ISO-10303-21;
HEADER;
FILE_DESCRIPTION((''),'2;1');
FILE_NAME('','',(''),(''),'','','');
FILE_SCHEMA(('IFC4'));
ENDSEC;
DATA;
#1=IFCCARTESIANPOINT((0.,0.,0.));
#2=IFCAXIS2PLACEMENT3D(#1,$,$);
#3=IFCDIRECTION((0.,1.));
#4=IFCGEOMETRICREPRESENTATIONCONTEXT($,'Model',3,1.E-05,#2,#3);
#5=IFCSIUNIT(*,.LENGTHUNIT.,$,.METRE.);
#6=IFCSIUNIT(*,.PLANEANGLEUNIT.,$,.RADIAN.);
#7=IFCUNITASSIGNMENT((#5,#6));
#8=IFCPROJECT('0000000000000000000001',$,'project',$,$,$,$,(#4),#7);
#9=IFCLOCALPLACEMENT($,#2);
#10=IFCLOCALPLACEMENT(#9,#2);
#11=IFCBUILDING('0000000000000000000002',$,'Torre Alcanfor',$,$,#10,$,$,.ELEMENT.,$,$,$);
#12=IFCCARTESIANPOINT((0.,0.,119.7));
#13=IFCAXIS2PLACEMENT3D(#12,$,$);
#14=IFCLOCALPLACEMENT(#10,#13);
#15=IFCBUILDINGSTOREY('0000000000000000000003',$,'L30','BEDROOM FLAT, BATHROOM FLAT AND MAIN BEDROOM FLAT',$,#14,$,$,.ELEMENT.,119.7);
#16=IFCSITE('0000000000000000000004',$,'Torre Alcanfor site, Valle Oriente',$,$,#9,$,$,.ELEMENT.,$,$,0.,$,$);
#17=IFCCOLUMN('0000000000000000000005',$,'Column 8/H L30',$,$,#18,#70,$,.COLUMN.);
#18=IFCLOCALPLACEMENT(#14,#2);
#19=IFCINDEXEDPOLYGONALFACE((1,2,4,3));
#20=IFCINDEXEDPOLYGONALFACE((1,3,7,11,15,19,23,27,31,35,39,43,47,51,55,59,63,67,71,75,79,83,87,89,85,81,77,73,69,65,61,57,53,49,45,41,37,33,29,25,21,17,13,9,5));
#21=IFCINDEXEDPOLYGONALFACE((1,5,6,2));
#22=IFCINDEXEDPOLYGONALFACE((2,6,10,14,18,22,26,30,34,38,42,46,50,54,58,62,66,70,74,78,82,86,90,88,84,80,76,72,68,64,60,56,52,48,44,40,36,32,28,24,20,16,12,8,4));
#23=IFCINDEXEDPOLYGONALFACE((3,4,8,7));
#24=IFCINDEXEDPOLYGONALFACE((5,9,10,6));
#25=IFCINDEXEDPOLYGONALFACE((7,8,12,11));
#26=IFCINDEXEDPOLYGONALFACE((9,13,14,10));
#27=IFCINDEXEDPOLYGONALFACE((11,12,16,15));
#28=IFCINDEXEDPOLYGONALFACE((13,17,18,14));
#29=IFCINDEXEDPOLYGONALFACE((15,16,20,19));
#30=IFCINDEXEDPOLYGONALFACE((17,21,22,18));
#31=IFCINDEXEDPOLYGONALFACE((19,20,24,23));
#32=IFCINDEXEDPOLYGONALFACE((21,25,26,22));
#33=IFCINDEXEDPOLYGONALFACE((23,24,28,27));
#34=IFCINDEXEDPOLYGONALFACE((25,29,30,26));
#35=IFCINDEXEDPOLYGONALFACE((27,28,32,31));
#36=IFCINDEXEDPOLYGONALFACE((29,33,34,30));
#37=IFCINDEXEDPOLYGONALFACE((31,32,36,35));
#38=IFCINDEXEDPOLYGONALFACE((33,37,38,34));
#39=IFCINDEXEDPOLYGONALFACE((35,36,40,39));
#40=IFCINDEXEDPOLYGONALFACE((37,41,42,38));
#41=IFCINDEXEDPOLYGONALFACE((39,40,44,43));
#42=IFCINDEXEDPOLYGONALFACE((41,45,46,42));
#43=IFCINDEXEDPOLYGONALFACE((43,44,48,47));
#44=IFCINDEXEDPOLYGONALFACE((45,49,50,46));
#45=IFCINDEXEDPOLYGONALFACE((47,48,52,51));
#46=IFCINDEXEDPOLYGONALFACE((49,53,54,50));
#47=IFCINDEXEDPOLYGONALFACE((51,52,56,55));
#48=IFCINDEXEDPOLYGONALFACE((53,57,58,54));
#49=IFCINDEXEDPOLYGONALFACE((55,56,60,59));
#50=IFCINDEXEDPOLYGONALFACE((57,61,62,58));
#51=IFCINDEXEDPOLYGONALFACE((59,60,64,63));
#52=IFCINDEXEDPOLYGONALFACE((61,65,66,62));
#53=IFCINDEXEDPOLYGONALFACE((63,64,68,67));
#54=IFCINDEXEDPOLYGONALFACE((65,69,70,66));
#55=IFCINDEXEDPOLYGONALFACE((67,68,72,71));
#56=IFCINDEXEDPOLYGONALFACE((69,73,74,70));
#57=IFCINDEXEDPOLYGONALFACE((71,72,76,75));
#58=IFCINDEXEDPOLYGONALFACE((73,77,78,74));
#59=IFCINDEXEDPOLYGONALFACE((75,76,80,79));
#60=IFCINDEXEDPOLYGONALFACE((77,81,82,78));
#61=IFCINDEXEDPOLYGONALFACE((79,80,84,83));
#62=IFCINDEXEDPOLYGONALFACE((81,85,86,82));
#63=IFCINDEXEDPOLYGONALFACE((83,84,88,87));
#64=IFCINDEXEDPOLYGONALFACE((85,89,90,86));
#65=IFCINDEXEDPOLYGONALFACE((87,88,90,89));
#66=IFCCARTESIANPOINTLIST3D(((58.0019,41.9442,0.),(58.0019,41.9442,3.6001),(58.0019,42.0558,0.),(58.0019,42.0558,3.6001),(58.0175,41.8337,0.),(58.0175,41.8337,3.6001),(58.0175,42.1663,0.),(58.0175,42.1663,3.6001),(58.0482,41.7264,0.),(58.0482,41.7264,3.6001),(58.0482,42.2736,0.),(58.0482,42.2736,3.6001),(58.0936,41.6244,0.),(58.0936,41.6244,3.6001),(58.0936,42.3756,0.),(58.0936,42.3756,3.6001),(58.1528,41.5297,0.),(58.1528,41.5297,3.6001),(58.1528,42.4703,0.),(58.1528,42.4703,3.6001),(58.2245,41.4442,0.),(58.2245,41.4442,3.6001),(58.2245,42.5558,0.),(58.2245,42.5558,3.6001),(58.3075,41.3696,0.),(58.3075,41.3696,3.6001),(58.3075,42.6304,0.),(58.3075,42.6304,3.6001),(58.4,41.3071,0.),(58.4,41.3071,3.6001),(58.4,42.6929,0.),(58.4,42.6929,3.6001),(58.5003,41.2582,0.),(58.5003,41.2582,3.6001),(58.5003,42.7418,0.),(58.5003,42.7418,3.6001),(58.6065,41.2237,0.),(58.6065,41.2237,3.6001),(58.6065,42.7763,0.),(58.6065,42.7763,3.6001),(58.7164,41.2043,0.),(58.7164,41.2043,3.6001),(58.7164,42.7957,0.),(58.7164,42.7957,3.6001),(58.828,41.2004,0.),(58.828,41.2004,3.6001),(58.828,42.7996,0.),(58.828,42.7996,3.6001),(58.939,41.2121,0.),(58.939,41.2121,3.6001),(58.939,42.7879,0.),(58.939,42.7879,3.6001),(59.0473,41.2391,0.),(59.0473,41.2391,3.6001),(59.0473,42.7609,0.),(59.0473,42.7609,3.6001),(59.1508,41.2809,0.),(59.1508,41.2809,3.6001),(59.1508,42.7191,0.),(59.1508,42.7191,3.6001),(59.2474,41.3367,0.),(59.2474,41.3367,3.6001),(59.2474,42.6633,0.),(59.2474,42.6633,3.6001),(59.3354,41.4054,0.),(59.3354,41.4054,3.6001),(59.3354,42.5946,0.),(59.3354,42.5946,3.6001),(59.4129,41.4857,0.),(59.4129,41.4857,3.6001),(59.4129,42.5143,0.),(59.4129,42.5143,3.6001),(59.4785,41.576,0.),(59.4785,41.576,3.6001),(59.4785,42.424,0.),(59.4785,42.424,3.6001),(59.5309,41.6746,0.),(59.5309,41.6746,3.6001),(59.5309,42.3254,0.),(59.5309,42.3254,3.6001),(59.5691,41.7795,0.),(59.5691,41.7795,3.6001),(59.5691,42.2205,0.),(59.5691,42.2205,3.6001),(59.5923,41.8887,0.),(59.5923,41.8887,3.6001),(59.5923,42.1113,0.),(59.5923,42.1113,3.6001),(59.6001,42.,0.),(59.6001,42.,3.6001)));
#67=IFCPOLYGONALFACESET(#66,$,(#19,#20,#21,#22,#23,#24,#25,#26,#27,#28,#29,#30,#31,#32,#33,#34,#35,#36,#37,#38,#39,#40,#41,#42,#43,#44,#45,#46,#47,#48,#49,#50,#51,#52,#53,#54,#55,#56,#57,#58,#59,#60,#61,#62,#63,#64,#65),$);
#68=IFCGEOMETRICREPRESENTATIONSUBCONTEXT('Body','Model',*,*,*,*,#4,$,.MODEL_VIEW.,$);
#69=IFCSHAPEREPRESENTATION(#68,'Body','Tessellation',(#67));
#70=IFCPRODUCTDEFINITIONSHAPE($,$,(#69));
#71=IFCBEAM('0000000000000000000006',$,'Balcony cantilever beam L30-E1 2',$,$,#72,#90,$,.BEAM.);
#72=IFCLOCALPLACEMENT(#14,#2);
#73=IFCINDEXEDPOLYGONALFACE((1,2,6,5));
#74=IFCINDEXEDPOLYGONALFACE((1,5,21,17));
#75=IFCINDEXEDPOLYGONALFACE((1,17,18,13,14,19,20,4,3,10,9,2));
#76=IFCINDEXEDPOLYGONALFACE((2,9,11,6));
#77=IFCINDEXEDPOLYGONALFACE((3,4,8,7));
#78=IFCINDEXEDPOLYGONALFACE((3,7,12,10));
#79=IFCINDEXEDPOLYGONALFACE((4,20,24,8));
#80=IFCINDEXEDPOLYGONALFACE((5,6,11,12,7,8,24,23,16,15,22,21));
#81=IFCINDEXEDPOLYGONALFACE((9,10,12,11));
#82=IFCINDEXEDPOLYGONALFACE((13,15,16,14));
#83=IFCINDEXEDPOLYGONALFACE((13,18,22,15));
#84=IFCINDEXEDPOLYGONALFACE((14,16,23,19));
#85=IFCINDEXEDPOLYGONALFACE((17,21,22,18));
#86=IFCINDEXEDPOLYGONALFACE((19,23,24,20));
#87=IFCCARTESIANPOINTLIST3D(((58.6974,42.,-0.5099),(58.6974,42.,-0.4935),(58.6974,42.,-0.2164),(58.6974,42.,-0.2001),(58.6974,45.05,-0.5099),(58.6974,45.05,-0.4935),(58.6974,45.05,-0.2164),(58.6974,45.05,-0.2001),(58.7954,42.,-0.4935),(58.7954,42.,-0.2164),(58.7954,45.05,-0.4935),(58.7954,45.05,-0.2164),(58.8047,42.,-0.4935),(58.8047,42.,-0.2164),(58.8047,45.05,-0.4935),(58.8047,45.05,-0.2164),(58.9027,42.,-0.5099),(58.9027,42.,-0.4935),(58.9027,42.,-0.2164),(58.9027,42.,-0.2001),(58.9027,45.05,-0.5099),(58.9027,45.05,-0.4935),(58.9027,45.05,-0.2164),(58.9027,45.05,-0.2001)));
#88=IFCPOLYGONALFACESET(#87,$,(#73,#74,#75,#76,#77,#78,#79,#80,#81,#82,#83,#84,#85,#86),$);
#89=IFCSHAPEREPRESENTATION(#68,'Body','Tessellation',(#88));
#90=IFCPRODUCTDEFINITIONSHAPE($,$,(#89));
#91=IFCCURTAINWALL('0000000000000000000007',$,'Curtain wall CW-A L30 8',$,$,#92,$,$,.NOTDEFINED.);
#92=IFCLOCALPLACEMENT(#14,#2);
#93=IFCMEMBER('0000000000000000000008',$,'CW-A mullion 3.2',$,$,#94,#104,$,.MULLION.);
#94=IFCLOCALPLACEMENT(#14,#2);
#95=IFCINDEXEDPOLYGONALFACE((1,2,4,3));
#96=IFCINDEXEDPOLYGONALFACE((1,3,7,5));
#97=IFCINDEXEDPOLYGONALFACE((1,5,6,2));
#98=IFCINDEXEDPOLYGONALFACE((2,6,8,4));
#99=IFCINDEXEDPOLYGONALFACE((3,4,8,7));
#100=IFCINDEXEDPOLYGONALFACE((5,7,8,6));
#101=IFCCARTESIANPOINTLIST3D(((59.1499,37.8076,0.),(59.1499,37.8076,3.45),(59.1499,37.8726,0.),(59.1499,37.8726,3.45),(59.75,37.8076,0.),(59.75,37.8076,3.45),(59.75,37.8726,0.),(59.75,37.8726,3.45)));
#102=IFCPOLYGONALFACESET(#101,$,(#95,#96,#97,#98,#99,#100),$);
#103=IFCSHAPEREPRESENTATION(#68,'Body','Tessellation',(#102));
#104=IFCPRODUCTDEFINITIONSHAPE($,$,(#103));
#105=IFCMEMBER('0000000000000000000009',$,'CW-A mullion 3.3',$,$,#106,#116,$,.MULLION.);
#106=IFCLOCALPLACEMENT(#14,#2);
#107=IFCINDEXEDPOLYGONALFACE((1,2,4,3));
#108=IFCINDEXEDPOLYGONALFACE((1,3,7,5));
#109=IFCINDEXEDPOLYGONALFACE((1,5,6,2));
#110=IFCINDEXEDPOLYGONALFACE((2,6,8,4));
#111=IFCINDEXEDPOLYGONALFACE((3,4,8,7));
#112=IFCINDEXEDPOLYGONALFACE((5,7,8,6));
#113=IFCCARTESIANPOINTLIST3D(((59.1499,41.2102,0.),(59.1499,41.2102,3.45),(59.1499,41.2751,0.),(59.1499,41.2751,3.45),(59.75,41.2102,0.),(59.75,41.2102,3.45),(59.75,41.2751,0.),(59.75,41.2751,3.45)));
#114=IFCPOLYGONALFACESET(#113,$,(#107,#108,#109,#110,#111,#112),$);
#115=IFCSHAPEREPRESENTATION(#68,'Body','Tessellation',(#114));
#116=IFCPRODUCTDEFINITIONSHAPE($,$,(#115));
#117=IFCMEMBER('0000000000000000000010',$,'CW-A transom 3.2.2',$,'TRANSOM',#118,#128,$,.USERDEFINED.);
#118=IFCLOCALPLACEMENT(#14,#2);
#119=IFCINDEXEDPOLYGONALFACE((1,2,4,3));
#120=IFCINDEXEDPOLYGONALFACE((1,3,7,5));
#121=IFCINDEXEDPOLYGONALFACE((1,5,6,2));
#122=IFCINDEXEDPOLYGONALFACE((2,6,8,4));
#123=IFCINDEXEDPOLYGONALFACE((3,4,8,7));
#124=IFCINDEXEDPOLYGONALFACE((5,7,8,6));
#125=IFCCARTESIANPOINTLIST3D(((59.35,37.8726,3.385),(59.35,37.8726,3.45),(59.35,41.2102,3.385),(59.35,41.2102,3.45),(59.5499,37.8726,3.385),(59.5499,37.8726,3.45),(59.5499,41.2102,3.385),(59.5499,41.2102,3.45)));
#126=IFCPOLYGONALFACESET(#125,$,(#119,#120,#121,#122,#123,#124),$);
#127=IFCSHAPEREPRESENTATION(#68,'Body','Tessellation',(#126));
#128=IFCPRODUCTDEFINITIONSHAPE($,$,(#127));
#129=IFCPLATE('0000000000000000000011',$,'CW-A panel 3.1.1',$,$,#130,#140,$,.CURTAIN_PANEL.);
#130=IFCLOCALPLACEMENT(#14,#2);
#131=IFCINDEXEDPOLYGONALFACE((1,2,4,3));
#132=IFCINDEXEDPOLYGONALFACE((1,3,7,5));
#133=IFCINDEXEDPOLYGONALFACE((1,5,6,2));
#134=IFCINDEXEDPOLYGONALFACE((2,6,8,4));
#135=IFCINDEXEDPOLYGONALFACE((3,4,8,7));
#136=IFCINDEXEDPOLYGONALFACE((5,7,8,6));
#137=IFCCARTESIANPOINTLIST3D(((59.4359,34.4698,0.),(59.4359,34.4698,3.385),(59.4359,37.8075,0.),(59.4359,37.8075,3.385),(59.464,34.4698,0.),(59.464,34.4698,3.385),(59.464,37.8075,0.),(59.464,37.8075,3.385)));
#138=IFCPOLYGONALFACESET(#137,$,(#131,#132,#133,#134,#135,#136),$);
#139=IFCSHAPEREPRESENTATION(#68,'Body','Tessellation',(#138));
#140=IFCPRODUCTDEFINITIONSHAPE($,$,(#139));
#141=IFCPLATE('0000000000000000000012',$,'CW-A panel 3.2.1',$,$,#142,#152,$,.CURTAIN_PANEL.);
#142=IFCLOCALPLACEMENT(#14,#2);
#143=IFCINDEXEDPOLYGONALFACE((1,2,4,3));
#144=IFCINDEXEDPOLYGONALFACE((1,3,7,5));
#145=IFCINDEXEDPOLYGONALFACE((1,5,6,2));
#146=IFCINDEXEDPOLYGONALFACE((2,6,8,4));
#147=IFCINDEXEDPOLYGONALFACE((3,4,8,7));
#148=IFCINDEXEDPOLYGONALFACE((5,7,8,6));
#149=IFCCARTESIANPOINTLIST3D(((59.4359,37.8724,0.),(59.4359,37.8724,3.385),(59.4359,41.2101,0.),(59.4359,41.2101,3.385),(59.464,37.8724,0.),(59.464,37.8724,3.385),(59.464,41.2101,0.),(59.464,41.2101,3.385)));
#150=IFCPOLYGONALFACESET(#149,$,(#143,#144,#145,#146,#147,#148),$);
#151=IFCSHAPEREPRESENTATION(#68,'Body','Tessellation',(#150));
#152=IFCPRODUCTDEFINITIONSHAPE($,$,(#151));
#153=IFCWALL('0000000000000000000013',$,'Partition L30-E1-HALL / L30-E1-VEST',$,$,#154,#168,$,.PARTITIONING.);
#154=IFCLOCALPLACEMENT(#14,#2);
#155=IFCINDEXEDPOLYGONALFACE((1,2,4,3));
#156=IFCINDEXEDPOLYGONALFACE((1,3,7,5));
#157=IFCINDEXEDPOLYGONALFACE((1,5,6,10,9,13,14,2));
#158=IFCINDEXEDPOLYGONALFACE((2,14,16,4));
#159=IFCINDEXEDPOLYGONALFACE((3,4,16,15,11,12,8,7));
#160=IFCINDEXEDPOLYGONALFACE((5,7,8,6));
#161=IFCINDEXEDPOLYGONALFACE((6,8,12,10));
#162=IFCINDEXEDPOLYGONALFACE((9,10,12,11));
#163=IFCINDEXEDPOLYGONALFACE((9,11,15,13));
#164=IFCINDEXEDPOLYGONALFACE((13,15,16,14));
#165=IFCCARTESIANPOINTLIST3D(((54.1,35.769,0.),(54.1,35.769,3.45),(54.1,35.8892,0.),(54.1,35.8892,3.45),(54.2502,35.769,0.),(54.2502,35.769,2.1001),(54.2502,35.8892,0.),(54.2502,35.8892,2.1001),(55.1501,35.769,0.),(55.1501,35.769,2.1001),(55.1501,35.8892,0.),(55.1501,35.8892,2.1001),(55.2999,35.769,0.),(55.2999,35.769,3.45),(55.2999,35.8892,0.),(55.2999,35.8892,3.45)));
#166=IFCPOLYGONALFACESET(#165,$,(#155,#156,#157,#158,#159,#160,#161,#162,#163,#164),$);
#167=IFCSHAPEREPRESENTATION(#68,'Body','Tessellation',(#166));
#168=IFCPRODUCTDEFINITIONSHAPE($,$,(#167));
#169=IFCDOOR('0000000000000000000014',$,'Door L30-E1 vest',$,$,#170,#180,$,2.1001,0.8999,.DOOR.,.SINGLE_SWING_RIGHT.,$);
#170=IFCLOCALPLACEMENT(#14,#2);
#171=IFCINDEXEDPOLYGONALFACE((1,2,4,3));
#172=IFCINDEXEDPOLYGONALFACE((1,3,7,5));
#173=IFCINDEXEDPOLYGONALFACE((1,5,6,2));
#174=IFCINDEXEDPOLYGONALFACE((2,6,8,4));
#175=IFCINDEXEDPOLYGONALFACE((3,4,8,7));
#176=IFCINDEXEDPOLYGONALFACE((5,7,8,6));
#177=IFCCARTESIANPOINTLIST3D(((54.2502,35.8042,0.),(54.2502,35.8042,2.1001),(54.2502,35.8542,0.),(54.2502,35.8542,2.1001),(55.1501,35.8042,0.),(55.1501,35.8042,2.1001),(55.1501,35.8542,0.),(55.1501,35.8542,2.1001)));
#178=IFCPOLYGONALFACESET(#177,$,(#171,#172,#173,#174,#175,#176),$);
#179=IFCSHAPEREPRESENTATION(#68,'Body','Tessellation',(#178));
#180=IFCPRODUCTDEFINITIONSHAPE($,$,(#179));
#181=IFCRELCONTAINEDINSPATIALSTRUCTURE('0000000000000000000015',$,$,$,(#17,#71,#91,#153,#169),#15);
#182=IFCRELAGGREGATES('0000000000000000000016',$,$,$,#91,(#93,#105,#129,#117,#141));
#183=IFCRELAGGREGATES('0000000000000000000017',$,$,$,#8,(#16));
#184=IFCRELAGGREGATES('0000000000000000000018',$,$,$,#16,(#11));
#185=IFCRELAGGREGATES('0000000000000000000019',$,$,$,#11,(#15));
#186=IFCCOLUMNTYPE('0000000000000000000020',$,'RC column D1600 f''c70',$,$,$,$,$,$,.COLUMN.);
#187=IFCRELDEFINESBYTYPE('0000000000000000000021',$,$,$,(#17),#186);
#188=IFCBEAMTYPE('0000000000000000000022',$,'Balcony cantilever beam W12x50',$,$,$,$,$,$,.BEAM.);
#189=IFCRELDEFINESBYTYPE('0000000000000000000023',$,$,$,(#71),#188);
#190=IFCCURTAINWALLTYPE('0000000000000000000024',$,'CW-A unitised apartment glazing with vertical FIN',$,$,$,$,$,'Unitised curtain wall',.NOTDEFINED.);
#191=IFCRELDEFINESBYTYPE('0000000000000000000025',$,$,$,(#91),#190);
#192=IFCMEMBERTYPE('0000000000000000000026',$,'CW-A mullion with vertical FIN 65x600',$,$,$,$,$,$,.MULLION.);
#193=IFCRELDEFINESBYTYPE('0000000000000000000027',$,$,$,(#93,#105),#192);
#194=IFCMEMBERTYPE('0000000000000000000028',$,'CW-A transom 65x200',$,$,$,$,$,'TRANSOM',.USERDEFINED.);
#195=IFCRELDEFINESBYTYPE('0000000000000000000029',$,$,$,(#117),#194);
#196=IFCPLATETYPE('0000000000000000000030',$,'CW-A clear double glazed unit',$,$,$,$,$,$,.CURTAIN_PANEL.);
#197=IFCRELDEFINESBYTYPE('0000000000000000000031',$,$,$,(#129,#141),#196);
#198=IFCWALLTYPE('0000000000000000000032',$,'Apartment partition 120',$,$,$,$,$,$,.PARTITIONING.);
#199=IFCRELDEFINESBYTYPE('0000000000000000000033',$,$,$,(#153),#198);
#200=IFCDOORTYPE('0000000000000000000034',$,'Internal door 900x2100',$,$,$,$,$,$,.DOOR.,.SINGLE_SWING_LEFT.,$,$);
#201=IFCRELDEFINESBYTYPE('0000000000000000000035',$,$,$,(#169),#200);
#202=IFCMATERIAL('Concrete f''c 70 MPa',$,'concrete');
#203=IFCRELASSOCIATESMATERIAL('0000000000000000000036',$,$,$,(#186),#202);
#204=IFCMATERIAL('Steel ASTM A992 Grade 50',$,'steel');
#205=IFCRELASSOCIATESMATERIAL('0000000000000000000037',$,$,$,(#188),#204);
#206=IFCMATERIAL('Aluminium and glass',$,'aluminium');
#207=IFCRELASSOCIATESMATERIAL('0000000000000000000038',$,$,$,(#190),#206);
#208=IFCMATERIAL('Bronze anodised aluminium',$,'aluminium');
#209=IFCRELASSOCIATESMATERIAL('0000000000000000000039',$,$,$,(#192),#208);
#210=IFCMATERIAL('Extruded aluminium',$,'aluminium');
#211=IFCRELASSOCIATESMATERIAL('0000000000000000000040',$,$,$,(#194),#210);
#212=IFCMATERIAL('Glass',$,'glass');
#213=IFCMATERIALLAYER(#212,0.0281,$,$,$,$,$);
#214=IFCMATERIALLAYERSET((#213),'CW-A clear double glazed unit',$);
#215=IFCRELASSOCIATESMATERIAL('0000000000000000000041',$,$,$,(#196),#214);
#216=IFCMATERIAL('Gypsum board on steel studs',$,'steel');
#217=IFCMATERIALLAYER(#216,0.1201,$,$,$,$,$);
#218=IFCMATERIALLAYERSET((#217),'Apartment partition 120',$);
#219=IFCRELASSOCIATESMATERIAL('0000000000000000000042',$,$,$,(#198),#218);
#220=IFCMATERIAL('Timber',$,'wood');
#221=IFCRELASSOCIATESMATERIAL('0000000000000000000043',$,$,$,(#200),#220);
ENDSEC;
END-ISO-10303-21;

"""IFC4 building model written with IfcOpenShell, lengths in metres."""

from ifc_helpers import new_model, si_unit, direction, frame, frame_2d, origin, origin_2d, place, context, subcontext, project, spatial, rectangle, circle, i_section, extrude, material, layer, layer_set, material_profile, profile_set, type_object, element, fill, aggregate, save


model = new_model("IFC4")

# Units and contexts
model_context = context("Model", 3, precision=1e-05, world=origin(), true_north=direction((0.0, 1.0)))
body_context = subcontext(model_context, "Body", "Model", "MODEL_VIEW")
ifc_project = project(units=[si_unit("LENGTHUNIT", "METRE"), si_unit("PLANEANGLEUNIT", "RADIAN")], contexts=[model_context])

# Site, building, storey
site_placement = place(None, origin())
site = spatial("IfcSite", under=ifc_project, at=site_placement, Name="Torre Alcanfor site, Valle Oriente", CompositionType="ELEMENT", RefElevation=0.0)
building_placement = place(site_placement, origin())
building = spatial("IfcBuilding", under=site, at=building_placement, Name="Torre Alcanfor", CompositionType="ELEMENT")
storey_placement = place(building_placement, frame((0.0, 0.0, 119.7)))
storey = spatial("IfcBuildingStorey", under=building, at=storey_placement, Name="L30", Description="BEDROOM FLAT, BATHROOM FLAT AND MAIN BEDROOM FLAT", CompositionType="ELEMENT", Elevation=119.7)

# Column
ifc_material_1 = material(Name="Concrete f'c 70 MPa", Category="concrete")
ifc_material_profile_1 = material_profile(ifc_material_1, circle(Radius=0.8, at=origin_2d()), Name="D1600")
ifc_profile_set_1 = profile_set([ifc_material_profile_1], Name="Concrete f'c 70 MPa")
column_type = type_object("IfcColumnType", Name="RC column D1600 f'c70", PredefinedType="COLUMN", material=ifc_profile_set_1)
column_placement = place(storey_placement, frame((58.8, 42.0, 0.0), z_axis=(0.0, 0.0, 1.0), x_axis=(1.0, 0.0, 0.0)))
element("IfcColumn", 1, at=column_placement, inside=storey, type_object=column_type, Name="Column 8/H L30", PredefinedType="COLUMN", context=body_context, shape_type="SweptSolid", body=[
    extrude(circle(Radius=0.8, at=origin_2d()), origin(), (0.0, 0.0, 1.0), 3.6001),
])

# Beam
ifc_material_2 = material(Name="Steel ASTM A992 Grade 50", Category="steel")
ifc_material_profile_2 = material_profile(ifc_material_2, i_section(OverallWidth=0.2053, OverallDepth=0.3098, WebThickness=0.0093, FlangeThickness=0.0164, at=origin_2d()), Name="W12x50")
ifc_profile_set_2 = profile_set([ifc_material_profile_2], Name="Steel ASTM A992 Grade 50")
beam_type = type_object("IfcBeamType", Name="Balcony cantilever beam W12x50", PredefinedType="BEAM", material=ifc_profile_set_2)
beam_placement = place(storey_placement, frame((58.8, 42.0, -0.355), z_axis=(0.0, 1.0, 0.0), x_axis=(-1.0, 0.0, 0.0)))
element("IfcBeam", 2, at=beam_placement, inside=storey, type_object=beam_type, Name="Balcony cantilever beam L30-E1 2", PredefinedType="BEAM", context=body_context, shape_type="SweptSolid", body=[
    extrude(i_section(OverallWidth=0.2053, OverallDepth=0.3098, WebThickness=0.0093, FlangeThickness=0.0164, at=origin_2d()), origin(), (0.0, 0.0, 1.0), 3.05),
])

# Curtain wall, members, plates
ifc_material_3 = material(Name="Aluminium and glass", Category="aluminium")
curtain_wall_type = type_object("IfcCurtainWallType", Name="CW-A unitised apartment glazing with vertical FIN", ElementType="Unitised curtain wall", PredefinedType="NOTDEFINED", material=ifc_material_3)
curtain_wall_placement = place(storey_placement, origin())
curtain_wall = element("IfcCurtainWall", 3, at=curtain_wall_placement, inside=storey, type_object=curtain_wall_type, Name="Curtain wall CW-A L30 8", PredefinedType="NOTDEFINED")
ifc_material_4 = material(Name="Bronze anodised aluminium", Category="aluminium")
ifc_material_profile_3 = material_profile(ifc_material_4, rectangle(XDim=0.6001, YDim=0.0649, at=origin_2d()), Name="CW-A mullion 65x600")
ifc_profile_set_3 = profile_set([ifc_material_profile_3], Name="Bronze anodised aluminium")
member_type_1 = type_object("IfcMemberType", Name="CW-A mullion with vertical FIN 65x600", PredefinedType="MULLION", material=ifc_profile_set_3)
member_1_placement = place(storey_placement, frame((59.45, 37.8401, 0.0), z_axis=(0.0, 0.0, 1.0), x_axis=(-1.0, 0.0, 0.0)))
member_1 = element("IfcMember", 4, at=member_1_placement, type_object=member_type_1, Name="CW-A mullion 3.2", PredefinedType="MULLION", context=body_context, shape_type="SweptSolid", body=[
    extrude(rectangle(XDim=0.6001, YDim=0.0649, at=origin_2d()), origin(), (0.0, 0.0, 1.0), 3.45),
])
member_2_placement = place(storey_placement, frame((59.45, 41.2427, 0.0), z_axis=(0.0, 0.0, 1.0), x_axis=(-1.0, 0.0, 0.0)))
member_2 = element("IfcMember", 5, at=member_2_placement, type_object=member_type_1, Name="CW-A mullion 3.3", PredefinedType="MULLION", context=body_context, shape_type="SweptSolid", body=[
    extrude(rectangle(XDim=0.6001, YDim=0.0649, at=origin_2d()), origin(), (0.0, 0.0, 1.0), 3.45),
])
ifc_material_5 = material(Name="Extruded aluminium", Category="aluminium")
ifc_material_profile_4 = material_profile(ifc_material_5, rectangle(XDim=0.2, YDim=0.0649, at=origin_2d()), Name="CW-A transom 200x65")
ifc_profile_set_4 = profile_set([ifc_material_profile_4], Name="Extruded aluminium")
member_type_2 = type_object("IfcMemberType", Name="CW-A transom 65x200", ElementType="TRANSOM", PredefinedType="USERDEFINED", material=ifc_profile_set_4)
member_3_placement = place(storey_placement, frame((59.45, 37.8726, 3.4175), z_axis=(0.0, 1.0, 0.0), x_axis=(-1.0, 0.0, 0.0)))
member_3 = element("IfcMember", 6, at=member_3_placement, type_object=member_type_2, Name="CW-A transom 3.2.2", ObjectType="TRANSOM", PredefinedType="USERDEFINED", context=body_context, shape_type="SweptSolid", body=[
    extrude(rectangle(XDim=0.2, YDim=0.0649, at=origin_2d()), origin(), (0.0, 0.0, 1.0), 3.3376),
])
ifc_material_6 = material(Name="Glass", Category="glass")
ifc_layer_1 = layer(ifc_material_6, 0.0281)
ifc_layer_set_1 = layer_set([ifc_layer_1], Name="CW-A clear double glazed unit")
plate_type = type_object("IfcPlateType", Name="CW-A clear double glazed unit", PredefinedType="CURTAIN_PANEL", material=ifc_layer_set_1)
plate_1_placement = place(storey_placement, frame((59.45, 36.1387, 0.0), z_axis=(0.0, 0.0, 1.0), x_axis=(0.0, 1.0, 0.0)))
plate_1 = element("IfcPlate", 7, at=plate_1_placement, type_object=plate_type, Name="CW-A panel 3.1.1", PredefinedType="CURTAIN_PANEL", context=body_context, shape_type="SweptSolid", body=[
    extrude(rectangle(XDim=3.3376, YDim=0.0281, at=origin_2d()), origin(), (0.0, 0.0, 1.0), 3.385),
])
plate_2_placement = place(storey_placement, frame((59.45, 39.5413, 0.0), z_axis=(0.0, 0.0, 1.0), x_axis=(0.0, 1.0, 0.0)))
plate_2 = element("IfcPlate", 8, at=plate_2_placement, type_object=plate_type, Name="CW-A panel 3.2.1", PredefinedType="CURTAIN_PANEL", context=body_context, shape_type="SweptSolid", body=[
    extrude(rectangle(XDim=3.3376, YDim=0.0281, at=origin_2d()), origin(), (0.0, 0.0, 1.0), 3.385),
])
aggregate(curtain_wall, [member_1, member_2, plate_1, member_3, plate_2])

# Wall, opening, door
ifc_material_7 = material(Name="Gypsum board on steel studs", Category="steel")
ifc_layer_2 = layer(ifc_material_7, 0.1201)
ifc_layer_set_2 = layer_set([ifc_layer_2], Name="Apartment partition 120")
wall_type_1 = type_object("IfcWallType", Name="Apartment partition 120", PredefinedType="PARTITIONING", material=ifc_layer_set_2)
wall_1_placement = place(storey_placement, frame((55.3, 35.8291, 0.0), z_axis=(0.0, 0.0, 1.0), x_axis=(-1.0, 0.0, 0.0)))
wall_1 = element("IfcWall", 9, at=wall_1_placement, inside=storey, type_object=wall_type_1, Name="Partition L30-E1-HALL / L30-E1-VEST", PredefinedType="PARTITIONING", context=body_context, shape_type="SweptSolid", body=[
    extrude(rectangle(XDim=1.2, YDim=0.1201, at=frame_2d((0.6001, 0.0))), origin(), (0.0, 0.0, 1.0), 3.45),
])
opening_1_placement = place(wall_1_placement, frame((0.1499, 0.0, 0.0)))
opening_1 = element("IfcOpeningElement", 10, at=opening_1_placement, cuts=wall_1, PredefinedType="OPENING", context=body_context, shape_type="SweptSolid", body=[
    extrude(rectangle(XDim=0.8999, YDim=2.1001, at=frame_2d((0.45, 1.05))), frame((0.0, 0.0701, 0.0), z_axis=(0.0, -1.0, 0.0), x_axis=(1.0, 0.0, 0.0)), (0.0, 0.0, 1.0), 0.1401),
])
ifc_material_8 = material(Name="Timber", Category="wood")
door_type_1 = type_object("IfcDoorType", Name="Internal door 900x2100", OperationType="SINGLE_SWING_LEFT", PredefinedType="DOOR", material=ifc_material_8)
door_1_placement = place(opening_1_placement, frame((0.8999, 0.0, 0.0), z_axis=(0.0, 0.0, 1.0), x_axis=(-1.0, 0.0, 0.0)))
door_1 = element("IfcDoor", 11, at=door_1_placement, inside=storey, type_object=door_type_1, Name="Door L30-E1 vest", OperationType="SINGLE_SWING_RIGHT", OverallHeight=2.1001, OverallWidth=0.8999, PredefinedType="DOOR", context=body_context, shape_type="SweptSolid", body=[
    extrude(rectangle(XDim=0.8999, YDim=2.1001, at=frame_2d((0.45, 1.05))), frame((0.0, 0.0251, 0.0), z_axis=(0.0, -1.0, 0.0), x_axis=(1.0, 0.0, 0.0)), (0.0, 0.0, 1.0), 0.05),
])
fill(opening_1, door_1)

save(model, "model.ifc")
